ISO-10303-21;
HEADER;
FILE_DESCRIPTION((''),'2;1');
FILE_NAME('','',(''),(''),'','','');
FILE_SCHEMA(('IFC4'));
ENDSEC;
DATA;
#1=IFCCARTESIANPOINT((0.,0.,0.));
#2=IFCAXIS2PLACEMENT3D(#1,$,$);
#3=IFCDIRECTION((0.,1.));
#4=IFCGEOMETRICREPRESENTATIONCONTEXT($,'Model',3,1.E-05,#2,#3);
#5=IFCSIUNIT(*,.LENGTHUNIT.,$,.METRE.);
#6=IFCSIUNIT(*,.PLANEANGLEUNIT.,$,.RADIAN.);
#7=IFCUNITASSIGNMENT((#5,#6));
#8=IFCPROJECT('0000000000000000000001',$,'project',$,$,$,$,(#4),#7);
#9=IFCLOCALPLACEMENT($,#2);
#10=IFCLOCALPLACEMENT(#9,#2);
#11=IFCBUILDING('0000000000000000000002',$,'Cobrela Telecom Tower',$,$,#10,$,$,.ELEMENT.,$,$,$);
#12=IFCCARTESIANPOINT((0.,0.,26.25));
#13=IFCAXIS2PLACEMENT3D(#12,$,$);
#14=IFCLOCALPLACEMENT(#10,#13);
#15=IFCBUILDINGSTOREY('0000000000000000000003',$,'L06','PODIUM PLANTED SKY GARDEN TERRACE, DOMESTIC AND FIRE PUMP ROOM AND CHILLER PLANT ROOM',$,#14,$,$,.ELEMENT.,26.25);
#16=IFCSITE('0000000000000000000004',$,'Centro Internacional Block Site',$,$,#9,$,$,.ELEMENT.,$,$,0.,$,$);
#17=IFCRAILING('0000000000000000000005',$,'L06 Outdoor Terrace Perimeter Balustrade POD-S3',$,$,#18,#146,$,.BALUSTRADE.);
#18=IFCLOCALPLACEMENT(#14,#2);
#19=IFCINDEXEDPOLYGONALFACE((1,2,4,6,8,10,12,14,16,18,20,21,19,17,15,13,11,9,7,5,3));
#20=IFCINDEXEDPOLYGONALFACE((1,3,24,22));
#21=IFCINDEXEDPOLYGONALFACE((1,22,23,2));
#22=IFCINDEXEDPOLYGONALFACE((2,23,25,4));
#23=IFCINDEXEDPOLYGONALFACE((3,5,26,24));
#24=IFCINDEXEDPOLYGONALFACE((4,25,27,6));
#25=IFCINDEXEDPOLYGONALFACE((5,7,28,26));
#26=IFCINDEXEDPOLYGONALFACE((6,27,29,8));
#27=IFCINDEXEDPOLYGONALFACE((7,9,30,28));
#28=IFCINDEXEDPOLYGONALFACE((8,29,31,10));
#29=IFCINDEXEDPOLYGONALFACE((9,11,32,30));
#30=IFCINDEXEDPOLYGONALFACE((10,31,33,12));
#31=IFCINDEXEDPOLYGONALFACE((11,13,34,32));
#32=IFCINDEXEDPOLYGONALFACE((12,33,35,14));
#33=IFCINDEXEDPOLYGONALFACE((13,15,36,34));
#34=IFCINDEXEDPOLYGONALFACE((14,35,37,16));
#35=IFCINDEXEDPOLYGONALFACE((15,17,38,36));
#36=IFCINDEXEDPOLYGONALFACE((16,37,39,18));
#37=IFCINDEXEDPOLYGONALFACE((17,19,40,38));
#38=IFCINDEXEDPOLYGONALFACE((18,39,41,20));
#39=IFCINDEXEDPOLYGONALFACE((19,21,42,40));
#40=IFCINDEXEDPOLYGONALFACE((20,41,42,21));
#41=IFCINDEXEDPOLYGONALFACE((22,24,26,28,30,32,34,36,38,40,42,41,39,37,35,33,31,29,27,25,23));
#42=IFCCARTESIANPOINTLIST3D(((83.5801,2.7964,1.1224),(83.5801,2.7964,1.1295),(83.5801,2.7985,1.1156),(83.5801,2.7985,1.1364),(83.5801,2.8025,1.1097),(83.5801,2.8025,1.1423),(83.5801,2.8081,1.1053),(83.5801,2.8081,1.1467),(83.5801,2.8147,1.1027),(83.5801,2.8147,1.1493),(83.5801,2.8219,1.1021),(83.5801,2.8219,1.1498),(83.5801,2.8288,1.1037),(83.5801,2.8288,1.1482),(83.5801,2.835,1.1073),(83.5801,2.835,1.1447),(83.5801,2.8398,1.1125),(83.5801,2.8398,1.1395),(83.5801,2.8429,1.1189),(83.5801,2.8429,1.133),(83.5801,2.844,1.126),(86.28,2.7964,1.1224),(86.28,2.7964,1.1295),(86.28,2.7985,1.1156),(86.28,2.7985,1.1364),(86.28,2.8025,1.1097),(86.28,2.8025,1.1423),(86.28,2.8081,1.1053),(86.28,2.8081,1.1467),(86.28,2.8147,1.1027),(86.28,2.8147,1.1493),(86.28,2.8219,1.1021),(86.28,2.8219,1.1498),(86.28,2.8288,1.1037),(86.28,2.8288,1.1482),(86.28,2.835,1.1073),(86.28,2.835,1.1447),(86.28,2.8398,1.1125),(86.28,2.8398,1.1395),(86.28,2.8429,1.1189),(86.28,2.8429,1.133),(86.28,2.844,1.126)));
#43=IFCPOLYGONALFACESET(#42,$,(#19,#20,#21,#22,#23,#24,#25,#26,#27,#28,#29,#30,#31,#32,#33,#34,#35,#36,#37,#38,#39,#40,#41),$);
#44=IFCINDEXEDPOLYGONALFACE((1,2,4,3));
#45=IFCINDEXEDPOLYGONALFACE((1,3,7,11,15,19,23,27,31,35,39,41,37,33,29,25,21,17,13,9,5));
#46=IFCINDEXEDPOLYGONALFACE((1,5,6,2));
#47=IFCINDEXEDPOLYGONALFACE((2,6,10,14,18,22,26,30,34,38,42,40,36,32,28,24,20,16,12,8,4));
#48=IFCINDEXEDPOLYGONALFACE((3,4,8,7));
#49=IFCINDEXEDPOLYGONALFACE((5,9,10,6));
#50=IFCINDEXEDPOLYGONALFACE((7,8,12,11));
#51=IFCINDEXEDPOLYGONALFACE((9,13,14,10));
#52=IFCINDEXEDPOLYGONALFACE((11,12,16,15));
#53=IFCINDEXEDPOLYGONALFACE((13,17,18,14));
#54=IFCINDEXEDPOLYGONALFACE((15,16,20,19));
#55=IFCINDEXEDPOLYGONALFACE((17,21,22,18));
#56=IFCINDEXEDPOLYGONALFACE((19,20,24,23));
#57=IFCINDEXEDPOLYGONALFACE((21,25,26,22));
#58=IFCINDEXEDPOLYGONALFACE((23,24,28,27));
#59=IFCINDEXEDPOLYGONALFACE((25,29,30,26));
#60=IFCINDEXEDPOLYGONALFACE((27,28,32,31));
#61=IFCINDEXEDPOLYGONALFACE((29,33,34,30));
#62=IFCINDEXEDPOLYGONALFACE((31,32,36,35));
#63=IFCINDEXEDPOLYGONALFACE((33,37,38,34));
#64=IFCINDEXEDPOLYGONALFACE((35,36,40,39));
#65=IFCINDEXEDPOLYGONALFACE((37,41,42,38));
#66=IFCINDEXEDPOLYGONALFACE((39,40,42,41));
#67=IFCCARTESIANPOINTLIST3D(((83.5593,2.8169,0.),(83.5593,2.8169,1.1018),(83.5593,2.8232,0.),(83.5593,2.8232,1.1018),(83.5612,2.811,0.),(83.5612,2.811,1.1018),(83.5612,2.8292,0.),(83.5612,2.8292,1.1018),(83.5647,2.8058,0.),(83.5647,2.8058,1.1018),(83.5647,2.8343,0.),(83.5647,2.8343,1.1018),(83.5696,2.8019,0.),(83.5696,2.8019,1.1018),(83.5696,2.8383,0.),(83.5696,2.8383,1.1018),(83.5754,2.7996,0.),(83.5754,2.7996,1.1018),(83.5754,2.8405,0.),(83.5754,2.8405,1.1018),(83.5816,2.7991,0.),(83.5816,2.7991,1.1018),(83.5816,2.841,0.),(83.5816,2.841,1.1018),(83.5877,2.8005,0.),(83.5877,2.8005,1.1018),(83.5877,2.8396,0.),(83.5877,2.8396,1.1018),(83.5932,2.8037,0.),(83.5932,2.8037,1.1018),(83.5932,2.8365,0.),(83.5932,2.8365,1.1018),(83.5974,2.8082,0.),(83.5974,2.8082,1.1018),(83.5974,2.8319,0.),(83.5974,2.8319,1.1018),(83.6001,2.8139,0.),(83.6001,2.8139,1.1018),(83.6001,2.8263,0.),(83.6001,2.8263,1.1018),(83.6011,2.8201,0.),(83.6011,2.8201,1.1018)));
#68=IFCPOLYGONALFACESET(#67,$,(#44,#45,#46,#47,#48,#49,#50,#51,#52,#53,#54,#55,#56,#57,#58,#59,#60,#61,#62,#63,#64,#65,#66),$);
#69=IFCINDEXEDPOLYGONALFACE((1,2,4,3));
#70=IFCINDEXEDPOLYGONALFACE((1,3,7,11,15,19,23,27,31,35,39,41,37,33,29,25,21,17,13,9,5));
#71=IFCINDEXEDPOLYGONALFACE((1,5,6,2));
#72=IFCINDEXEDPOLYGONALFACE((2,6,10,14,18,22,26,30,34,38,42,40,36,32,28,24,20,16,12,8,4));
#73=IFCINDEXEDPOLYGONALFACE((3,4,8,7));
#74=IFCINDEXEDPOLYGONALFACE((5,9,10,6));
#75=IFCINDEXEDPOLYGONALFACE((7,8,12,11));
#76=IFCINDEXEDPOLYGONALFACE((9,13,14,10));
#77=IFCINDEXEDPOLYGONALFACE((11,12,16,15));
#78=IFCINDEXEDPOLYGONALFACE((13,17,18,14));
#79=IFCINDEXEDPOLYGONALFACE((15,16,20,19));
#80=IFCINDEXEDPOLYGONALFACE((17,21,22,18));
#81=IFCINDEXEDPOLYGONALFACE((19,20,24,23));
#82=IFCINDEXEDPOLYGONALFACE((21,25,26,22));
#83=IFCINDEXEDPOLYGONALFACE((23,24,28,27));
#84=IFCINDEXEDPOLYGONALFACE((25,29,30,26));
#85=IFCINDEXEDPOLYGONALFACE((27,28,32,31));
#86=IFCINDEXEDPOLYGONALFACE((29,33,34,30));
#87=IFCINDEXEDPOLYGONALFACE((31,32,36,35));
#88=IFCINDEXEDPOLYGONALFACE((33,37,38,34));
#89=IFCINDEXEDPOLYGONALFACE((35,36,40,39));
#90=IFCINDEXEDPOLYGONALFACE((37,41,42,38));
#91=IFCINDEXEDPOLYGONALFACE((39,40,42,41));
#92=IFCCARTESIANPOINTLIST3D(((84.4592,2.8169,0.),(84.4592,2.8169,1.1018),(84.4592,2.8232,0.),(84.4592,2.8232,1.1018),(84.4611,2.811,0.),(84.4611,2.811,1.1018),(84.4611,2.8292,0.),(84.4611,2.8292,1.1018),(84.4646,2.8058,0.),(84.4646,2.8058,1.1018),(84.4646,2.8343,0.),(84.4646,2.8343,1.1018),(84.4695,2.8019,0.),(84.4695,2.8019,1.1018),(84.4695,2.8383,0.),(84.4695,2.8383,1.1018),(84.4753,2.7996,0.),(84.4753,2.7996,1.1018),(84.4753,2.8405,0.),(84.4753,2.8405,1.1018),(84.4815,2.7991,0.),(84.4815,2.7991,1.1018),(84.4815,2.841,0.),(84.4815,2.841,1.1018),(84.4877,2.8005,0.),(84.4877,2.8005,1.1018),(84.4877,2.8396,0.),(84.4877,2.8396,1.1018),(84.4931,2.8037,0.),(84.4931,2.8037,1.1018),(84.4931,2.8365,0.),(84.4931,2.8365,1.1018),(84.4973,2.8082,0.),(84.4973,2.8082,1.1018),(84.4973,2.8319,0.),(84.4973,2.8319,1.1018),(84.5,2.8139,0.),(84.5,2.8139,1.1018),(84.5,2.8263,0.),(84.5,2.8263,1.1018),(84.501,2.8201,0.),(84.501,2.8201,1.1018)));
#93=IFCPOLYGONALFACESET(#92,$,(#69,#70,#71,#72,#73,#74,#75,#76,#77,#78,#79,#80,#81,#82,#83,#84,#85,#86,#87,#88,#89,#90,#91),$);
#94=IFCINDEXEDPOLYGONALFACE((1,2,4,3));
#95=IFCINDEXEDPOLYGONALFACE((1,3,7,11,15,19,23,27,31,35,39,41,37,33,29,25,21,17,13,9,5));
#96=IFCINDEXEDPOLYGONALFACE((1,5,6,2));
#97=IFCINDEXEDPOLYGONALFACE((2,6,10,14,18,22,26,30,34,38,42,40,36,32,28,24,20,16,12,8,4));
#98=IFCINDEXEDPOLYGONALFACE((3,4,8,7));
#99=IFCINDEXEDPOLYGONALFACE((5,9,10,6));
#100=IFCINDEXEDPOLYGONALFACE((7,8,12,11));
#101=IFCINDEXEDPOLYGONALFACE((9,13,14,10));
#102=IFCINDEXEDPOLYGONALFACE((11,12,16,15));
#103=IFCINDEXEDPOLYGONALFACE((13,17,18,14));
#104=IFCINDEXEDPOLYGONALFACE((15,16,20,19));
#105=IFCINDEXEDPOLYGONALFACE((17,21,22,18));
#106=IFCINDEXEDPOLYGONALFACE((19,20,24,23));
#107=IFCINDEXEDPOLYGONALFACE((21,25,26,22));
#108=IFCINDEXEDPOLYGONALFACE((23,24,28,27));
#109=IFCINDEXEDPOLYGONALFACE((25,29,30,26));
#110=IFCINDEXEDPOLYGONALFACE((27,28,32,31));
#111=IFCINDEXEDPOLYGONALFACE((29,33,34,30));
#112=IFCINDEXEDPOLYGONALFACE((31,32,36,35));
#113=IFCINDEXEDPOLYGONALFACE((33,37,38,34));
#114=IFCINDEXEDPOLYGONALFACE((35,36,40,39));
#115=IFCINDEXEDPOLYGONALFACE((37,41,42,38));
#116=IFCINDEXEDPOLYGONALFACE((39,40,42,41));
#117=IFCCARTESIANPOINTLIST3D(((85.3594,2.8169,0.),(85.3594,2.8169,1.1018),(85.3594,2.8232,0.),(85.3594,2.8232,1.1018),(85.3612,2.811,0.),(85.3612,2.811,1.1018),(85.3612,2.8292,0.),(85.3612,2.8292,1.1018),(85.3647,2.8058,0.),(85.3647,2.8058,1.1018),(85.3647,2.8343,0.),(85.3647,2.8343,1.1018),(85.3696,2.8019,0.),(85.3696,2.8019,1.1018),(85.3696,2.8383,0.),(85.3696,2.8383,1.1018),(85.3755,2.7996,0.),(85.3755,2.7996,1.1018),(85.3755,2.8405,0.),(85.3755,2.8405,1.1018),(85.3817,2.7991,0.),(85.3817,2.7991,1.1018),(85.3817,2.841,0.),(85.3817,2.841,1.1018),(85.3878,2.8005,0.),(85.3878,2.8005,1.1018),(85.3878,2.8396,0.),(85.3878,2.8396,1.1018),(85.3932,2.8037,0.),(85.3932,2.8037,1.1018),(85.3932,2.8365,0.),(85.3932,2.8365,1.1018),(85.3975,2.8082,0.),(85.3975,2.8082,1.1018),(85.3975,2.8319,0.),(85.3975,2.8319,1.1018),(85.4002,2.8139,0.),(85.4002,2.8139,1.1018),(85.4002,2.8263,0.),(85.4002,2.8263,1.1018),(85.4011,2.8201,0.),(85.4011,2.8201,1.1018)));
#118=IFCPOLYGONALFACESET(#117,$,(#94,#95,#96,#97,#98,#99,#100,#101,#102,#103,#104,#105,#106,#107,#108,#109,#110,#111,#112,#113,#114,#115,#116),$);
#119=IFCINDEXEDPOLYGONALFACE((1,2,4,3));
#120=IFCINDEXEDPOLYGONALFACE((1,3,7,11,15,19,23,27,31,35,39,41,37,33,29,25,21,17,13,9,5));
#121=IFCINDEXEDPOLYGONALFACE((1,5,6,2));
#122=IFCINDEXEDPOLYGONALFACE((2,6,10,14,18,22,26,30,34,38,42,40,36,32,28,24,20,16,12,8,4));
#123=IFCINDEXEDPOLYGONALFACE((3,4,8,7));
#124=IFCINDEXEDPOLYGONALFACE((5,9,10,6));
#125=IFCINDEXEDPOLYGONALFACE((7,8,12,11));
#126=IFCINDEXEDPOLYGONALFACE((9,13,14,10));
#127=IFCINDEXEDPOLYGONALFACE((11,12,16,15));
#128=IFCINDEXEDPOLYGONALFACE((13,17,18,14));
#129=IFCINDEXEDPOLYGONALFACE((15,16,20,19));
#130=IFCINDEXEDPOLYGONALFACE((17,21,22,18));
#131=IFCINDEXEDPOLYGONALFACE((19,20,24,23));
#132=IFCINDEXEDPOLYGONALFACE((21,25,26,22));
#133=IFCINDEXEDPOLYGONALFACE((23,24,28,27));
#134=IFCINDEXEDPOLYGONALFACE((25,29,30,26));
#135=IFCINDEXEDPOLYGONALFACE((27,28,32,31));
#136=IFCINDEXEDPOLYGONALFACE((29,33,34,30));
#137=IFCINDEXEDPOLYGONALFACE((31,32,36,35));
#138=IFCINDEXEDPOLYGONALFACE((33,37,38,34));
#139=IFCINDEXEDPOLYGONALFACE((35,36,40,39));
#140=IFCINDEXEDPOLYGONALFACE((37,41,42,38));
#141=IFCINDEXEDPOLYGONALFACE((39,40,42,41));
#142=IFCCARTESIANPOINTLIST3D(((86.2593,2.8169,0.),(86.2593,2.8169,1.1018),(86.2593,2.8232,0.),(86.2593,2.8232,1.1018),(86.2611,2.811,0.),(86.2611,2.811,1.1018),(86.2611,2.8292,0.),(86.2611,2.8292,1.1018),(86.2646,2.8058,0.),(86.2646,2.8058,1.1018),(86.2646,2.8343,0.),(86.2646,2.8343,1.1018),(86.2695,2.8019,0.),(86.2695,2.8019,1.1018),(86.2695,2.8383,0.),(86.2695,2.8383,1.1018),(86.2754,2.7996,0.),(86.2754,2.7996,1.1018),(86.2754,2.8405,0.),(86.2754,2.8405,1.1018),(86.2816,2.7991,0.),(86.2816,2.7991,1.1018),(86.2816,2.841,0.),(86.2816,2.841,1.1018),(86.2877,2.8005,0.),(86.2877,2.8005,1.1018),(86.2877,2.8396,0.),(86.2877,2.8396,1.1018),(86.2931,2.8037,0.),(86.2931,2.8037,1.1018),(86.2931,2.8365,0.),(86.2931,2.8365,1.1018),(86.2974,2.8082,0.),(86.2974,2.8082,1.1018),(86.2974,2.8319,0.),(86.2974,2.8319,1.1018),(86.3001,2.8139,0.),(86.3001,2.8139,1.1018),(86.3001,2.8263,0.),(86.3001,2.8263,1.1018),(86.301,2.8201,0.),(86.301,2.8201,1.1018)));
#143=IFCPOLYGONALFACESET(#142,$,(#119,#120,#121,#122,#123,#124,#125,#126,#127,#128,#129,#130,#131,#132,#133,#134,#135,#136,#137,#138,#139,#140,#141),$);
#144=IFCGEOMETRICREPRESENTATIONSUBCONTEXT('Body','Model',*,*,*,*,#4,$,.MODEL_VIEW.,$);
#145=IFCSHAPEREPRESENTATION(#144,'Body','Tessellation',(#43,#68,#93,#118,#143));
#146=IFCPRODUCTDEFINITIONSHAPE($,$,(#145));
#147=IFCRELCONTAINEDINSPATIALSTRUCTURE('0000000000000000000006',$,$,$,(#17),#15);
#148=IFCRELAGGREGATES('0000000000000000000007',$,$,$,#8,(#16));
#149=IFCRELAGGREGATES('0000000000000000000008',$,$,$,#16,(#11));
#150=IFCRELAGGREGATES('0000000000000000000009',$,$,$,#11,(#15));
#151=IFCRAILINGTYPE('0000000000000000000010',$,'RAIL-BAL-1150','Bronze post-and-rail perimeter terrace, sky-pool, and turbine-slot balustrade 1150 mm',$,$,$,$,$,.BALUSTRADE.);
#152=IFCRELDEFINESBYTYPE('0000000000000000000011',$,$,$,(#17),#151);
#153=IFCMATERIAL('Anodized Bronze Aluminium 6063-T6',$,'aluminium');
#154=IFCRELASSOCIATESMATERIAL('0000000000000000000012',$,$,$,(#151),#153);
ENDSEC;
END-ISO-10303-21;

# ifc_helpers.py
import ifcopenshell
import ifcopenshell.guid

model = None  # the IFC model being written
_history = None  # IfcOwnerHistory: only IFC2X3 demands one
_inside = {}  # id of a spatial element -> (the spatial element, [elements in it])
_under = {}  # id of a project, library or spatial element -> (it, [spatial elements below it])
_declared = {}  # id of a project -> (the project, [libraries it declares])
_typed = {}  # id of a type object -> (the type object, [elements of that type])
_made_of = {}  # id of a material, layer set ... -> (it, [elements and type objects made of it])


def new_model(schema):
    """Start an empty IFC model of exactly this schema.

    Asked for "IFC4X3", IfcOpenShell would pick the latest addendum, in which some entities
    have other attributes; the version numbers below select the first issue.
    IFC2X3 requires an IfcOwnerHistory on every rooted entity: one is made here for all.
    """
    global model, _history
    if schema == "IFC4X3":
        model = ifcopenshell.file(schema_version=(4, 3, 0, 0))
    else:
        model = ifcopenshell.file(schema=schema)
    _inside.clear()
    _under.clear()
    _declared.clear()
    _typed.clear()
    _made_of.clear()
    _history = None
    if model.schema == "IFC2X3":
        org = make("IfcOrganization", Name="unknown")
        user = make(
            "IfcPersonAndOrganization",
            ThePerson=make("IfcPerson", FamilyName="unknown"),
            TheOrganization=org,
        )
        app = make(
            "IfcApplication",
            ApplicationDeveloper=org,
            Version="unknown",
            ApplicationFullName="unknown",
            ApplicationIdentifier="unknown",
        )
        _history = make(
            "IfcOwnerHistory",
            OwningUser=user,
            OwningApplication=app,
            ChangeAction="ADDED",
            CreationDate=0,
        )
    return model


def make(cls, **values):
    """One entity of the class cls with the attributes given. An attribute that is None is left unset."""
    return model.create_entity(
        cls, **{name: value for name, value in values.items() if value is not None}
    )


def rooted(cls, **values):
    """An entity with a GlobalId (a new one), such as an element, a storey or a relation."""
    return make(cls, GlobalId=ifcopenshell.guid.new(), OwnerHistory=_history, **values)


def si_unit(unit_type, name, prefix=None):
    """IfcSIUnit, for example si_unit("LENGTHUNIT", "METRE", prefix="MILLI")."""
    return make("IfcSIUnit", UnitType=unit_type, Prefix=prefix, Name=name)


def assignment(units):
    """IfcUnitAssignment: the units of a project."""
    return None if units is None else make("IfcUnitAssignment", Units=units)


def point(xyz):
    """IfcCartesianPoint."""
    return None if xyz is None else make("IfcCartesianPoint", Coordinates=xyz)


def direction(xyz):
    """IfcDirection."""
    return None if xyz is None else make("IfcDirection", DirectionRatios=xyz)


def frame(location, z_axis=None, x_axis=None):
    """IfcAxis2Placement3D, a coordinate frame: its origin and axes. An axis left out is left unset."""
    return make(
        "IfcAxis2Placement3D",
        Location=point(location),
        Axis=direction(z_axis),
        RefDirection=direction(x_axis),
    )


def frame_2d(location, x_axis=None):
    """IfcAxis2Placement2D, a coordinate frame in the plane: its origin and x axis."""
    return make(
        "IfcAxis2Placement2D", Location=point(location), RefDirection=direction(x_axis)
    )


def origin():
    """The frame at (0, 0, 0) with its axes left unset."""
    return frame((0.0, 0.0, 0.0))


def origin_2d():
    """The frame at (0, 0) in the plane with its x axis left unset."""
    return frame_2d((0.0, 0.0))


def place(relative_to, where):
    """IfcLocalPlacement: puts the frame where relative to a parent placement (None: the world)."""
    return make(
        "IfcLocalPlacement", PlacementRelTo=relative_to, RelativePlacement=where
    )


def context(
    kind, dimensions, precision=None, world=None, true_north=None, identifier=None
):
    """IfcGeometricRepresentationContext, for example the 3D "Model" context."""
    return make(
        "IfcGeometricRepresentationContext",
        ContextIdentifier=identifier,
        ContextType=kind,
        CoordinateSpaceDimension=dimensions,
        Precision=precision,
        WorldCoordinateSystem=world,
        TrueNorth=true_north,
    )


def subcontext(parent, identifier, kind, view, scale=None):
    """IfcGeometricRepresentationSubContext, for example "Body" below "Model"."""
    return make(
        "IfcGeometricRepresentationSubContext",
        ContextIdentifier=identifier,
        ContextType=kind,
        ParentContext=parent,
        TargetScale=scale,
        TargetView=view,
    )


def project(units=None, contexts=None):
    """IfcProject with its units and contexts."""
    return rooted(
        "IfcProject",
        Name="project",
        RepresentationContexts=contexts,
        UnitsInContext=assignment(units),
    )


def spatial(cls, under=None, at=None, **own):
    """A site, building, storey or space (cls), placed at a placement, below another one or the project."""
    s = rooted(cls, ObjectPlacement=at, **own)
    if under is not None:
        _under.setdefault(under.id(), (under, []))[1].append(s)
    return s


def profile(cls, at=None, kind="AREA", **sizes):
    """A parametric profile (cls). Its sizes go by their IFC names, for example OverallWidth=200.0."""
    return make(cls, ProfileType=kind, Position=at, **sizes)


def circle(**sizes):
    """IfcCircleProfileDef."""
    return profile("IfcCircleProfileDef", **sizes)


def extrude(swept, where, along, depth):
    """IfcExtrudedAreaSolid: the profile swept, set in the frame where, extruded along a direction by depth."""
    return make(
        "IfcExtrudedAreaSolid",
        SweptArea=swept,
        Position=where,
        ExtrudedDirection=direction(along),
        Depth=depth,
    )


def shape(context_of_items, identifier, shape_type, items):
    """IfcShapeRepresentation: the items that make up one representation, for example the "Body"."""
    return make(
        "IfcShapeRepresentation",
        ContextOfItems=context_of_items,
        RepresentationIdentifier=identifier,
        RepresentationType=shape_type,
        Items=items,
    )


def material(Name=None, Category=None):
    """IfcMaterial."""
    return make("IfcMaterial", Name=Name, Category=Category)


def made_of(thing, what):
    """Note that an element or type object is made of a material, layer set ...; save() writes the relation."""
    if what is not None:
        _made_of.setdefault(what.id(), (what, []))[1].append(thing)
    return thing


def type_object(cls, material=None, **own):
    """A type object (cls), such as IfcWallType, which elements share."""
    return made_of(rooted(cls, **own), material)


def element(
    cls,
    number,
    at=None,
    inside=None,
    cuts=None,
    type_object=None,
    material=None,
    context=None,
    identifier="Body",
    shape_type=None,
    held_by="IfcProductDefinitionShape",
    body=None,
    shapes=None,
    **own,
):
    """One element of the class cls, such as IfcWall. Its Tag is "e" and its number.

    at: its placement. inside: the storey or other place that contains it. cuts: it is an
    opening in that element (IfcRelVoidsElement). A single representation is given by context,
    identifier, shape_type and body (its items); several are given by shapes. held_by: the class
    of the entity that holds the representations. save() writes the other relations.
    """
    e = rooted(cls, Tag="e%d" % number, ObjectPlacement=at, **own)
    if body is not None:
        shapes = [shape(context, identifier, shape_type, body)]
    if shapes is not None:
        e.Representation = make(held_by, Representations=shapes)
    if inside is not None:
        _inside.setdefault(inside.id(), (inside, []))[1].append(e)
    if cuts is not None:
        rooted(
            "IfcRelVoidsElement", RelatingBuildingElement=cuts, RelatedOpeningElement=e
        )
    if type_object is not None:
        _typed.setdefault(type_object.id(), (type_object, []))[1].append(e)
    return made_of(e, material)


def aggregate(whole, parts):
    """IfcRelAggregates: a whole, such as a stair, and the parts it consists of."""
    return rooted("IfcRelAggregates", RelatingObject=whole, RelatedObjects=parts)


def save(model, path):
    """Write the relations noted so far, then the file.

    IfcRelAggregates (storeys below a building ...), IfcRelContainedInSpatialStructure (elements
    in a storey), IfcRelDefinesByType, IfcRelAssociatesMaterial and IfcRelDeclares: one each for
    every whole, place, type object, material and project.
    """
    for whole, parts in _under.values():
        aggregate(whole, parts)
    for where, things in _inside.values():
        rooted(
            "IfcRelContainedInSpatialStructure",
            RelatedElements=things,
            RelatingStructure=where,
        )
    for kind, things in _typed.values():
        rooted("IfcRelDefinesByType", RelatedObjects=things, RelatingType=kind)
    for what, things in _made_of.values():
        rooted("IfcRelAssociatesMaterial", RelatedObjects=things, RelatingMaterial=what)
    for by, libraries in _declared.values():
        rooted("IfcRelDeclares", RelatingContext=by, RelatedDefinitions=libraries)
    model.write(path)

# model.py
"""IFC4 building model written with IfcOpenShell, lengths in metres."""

from ifc_helpers import new_model, si_unit, direction, frame, origin, origin_2d, place, context, subcontext, project, spatial, circle, extrude, material, type_object, element, save


model = new_model("IFC4")

# Units and contexts
model_context = context("Model", 3, precision=1e-05, world=origin(), true_north=direction((0.0, 1.0)))
body_context = subcontext(model_context, "Body", "Model", "MODEL_VIEW")
ifc_project = project(units=[si_unit("LENGTHUNIT", "METRE"), si_unit("PLANEANGLEUNIT", "RADIAN")], contexts=[model_context])

# Site, building, storey
site_placement = place(None, origin())
site = spatial("IfcSite", under=ifc_project, at=site_placement, Name="Centro Internacional Block Site", CompositionType="ELEMENT", RefElevation=0.0)
building_placement = place(site_placement, origin())
building = spatial("IfcBuilding", under=site, at=building_placement, Name="Cobrela Telecom Tower", CompositionType="ELEMENT")
storey_placement = place(building_placement, frame((0.0, 0.0, 26.25)))
storey = spatial("IfcBuildingStorey", under=building, at=storey_placement, Name="L06", Description="PODIUM PLANTED SKY GARDEN TERRACE, DOMESTIC AND FIRE PUMP ROOM AND CHILLER PLANT ROOM", CompositionType="ELEMENT", Elevation=26.25)

# Railing
ifc_material_1 = material(Name="Anodized Bronze Aluminium 6063-T6", Category="aluminium")
railing_type = type_object("IfcRailingType", Name="RAIL-BAL-1150", Description="Bronze post-and-rail perimeter terrace, sky-pool, and turbine-slot balustrade 1150 mm", PredefinedType="BALUSTRADE", material=ifc_material_1)
railing_1_placement = place(storey_placement, frame((83.5801, 2.8201, 0.0)))
element("IfcRailing", 1, at=railing_1_placement, inside=storey, type_object=railing_type, Name="L06 Outdoor Terrace Perimeter Balustrade POD-S3", PredefinedType="BALUSTRADE", context=body_context, shape_type="SweptSolid", body=[
    extrude(circle(Radius=0.0239, at=origin_2d()), frame((0.0, 0.0, 1.126), z_axis=(1.0, 0.0, 0.0), x_axis=(0.0, 1.0, 0.0)), (0.0, 0.0, 1.0), 2.7),
    extrude(circle(Radius=0.021, at=origin_2d()), origin(), (0.0, 0.0, 1.0), 1.1018),
    extrude(circle(Radius=0.021, at=origin_2d()), frame((0.8999, 0.0, 0.0)), (0.0, 0.0, 1.0), 1.1018),
    extrude(circle(Radius=0.021, at=origin_2d()), frame((1.8, 0.0, 0.0)), (0.0, 0.0, 1.0), 1.1018),
    extrude(circle(Radius=0.021, at=origin_2d()), frame((2.7, 0.0, 0.0)), (0.0, 0.0, 1.0), 1.1018),
])

save(model, "model.ifc")
